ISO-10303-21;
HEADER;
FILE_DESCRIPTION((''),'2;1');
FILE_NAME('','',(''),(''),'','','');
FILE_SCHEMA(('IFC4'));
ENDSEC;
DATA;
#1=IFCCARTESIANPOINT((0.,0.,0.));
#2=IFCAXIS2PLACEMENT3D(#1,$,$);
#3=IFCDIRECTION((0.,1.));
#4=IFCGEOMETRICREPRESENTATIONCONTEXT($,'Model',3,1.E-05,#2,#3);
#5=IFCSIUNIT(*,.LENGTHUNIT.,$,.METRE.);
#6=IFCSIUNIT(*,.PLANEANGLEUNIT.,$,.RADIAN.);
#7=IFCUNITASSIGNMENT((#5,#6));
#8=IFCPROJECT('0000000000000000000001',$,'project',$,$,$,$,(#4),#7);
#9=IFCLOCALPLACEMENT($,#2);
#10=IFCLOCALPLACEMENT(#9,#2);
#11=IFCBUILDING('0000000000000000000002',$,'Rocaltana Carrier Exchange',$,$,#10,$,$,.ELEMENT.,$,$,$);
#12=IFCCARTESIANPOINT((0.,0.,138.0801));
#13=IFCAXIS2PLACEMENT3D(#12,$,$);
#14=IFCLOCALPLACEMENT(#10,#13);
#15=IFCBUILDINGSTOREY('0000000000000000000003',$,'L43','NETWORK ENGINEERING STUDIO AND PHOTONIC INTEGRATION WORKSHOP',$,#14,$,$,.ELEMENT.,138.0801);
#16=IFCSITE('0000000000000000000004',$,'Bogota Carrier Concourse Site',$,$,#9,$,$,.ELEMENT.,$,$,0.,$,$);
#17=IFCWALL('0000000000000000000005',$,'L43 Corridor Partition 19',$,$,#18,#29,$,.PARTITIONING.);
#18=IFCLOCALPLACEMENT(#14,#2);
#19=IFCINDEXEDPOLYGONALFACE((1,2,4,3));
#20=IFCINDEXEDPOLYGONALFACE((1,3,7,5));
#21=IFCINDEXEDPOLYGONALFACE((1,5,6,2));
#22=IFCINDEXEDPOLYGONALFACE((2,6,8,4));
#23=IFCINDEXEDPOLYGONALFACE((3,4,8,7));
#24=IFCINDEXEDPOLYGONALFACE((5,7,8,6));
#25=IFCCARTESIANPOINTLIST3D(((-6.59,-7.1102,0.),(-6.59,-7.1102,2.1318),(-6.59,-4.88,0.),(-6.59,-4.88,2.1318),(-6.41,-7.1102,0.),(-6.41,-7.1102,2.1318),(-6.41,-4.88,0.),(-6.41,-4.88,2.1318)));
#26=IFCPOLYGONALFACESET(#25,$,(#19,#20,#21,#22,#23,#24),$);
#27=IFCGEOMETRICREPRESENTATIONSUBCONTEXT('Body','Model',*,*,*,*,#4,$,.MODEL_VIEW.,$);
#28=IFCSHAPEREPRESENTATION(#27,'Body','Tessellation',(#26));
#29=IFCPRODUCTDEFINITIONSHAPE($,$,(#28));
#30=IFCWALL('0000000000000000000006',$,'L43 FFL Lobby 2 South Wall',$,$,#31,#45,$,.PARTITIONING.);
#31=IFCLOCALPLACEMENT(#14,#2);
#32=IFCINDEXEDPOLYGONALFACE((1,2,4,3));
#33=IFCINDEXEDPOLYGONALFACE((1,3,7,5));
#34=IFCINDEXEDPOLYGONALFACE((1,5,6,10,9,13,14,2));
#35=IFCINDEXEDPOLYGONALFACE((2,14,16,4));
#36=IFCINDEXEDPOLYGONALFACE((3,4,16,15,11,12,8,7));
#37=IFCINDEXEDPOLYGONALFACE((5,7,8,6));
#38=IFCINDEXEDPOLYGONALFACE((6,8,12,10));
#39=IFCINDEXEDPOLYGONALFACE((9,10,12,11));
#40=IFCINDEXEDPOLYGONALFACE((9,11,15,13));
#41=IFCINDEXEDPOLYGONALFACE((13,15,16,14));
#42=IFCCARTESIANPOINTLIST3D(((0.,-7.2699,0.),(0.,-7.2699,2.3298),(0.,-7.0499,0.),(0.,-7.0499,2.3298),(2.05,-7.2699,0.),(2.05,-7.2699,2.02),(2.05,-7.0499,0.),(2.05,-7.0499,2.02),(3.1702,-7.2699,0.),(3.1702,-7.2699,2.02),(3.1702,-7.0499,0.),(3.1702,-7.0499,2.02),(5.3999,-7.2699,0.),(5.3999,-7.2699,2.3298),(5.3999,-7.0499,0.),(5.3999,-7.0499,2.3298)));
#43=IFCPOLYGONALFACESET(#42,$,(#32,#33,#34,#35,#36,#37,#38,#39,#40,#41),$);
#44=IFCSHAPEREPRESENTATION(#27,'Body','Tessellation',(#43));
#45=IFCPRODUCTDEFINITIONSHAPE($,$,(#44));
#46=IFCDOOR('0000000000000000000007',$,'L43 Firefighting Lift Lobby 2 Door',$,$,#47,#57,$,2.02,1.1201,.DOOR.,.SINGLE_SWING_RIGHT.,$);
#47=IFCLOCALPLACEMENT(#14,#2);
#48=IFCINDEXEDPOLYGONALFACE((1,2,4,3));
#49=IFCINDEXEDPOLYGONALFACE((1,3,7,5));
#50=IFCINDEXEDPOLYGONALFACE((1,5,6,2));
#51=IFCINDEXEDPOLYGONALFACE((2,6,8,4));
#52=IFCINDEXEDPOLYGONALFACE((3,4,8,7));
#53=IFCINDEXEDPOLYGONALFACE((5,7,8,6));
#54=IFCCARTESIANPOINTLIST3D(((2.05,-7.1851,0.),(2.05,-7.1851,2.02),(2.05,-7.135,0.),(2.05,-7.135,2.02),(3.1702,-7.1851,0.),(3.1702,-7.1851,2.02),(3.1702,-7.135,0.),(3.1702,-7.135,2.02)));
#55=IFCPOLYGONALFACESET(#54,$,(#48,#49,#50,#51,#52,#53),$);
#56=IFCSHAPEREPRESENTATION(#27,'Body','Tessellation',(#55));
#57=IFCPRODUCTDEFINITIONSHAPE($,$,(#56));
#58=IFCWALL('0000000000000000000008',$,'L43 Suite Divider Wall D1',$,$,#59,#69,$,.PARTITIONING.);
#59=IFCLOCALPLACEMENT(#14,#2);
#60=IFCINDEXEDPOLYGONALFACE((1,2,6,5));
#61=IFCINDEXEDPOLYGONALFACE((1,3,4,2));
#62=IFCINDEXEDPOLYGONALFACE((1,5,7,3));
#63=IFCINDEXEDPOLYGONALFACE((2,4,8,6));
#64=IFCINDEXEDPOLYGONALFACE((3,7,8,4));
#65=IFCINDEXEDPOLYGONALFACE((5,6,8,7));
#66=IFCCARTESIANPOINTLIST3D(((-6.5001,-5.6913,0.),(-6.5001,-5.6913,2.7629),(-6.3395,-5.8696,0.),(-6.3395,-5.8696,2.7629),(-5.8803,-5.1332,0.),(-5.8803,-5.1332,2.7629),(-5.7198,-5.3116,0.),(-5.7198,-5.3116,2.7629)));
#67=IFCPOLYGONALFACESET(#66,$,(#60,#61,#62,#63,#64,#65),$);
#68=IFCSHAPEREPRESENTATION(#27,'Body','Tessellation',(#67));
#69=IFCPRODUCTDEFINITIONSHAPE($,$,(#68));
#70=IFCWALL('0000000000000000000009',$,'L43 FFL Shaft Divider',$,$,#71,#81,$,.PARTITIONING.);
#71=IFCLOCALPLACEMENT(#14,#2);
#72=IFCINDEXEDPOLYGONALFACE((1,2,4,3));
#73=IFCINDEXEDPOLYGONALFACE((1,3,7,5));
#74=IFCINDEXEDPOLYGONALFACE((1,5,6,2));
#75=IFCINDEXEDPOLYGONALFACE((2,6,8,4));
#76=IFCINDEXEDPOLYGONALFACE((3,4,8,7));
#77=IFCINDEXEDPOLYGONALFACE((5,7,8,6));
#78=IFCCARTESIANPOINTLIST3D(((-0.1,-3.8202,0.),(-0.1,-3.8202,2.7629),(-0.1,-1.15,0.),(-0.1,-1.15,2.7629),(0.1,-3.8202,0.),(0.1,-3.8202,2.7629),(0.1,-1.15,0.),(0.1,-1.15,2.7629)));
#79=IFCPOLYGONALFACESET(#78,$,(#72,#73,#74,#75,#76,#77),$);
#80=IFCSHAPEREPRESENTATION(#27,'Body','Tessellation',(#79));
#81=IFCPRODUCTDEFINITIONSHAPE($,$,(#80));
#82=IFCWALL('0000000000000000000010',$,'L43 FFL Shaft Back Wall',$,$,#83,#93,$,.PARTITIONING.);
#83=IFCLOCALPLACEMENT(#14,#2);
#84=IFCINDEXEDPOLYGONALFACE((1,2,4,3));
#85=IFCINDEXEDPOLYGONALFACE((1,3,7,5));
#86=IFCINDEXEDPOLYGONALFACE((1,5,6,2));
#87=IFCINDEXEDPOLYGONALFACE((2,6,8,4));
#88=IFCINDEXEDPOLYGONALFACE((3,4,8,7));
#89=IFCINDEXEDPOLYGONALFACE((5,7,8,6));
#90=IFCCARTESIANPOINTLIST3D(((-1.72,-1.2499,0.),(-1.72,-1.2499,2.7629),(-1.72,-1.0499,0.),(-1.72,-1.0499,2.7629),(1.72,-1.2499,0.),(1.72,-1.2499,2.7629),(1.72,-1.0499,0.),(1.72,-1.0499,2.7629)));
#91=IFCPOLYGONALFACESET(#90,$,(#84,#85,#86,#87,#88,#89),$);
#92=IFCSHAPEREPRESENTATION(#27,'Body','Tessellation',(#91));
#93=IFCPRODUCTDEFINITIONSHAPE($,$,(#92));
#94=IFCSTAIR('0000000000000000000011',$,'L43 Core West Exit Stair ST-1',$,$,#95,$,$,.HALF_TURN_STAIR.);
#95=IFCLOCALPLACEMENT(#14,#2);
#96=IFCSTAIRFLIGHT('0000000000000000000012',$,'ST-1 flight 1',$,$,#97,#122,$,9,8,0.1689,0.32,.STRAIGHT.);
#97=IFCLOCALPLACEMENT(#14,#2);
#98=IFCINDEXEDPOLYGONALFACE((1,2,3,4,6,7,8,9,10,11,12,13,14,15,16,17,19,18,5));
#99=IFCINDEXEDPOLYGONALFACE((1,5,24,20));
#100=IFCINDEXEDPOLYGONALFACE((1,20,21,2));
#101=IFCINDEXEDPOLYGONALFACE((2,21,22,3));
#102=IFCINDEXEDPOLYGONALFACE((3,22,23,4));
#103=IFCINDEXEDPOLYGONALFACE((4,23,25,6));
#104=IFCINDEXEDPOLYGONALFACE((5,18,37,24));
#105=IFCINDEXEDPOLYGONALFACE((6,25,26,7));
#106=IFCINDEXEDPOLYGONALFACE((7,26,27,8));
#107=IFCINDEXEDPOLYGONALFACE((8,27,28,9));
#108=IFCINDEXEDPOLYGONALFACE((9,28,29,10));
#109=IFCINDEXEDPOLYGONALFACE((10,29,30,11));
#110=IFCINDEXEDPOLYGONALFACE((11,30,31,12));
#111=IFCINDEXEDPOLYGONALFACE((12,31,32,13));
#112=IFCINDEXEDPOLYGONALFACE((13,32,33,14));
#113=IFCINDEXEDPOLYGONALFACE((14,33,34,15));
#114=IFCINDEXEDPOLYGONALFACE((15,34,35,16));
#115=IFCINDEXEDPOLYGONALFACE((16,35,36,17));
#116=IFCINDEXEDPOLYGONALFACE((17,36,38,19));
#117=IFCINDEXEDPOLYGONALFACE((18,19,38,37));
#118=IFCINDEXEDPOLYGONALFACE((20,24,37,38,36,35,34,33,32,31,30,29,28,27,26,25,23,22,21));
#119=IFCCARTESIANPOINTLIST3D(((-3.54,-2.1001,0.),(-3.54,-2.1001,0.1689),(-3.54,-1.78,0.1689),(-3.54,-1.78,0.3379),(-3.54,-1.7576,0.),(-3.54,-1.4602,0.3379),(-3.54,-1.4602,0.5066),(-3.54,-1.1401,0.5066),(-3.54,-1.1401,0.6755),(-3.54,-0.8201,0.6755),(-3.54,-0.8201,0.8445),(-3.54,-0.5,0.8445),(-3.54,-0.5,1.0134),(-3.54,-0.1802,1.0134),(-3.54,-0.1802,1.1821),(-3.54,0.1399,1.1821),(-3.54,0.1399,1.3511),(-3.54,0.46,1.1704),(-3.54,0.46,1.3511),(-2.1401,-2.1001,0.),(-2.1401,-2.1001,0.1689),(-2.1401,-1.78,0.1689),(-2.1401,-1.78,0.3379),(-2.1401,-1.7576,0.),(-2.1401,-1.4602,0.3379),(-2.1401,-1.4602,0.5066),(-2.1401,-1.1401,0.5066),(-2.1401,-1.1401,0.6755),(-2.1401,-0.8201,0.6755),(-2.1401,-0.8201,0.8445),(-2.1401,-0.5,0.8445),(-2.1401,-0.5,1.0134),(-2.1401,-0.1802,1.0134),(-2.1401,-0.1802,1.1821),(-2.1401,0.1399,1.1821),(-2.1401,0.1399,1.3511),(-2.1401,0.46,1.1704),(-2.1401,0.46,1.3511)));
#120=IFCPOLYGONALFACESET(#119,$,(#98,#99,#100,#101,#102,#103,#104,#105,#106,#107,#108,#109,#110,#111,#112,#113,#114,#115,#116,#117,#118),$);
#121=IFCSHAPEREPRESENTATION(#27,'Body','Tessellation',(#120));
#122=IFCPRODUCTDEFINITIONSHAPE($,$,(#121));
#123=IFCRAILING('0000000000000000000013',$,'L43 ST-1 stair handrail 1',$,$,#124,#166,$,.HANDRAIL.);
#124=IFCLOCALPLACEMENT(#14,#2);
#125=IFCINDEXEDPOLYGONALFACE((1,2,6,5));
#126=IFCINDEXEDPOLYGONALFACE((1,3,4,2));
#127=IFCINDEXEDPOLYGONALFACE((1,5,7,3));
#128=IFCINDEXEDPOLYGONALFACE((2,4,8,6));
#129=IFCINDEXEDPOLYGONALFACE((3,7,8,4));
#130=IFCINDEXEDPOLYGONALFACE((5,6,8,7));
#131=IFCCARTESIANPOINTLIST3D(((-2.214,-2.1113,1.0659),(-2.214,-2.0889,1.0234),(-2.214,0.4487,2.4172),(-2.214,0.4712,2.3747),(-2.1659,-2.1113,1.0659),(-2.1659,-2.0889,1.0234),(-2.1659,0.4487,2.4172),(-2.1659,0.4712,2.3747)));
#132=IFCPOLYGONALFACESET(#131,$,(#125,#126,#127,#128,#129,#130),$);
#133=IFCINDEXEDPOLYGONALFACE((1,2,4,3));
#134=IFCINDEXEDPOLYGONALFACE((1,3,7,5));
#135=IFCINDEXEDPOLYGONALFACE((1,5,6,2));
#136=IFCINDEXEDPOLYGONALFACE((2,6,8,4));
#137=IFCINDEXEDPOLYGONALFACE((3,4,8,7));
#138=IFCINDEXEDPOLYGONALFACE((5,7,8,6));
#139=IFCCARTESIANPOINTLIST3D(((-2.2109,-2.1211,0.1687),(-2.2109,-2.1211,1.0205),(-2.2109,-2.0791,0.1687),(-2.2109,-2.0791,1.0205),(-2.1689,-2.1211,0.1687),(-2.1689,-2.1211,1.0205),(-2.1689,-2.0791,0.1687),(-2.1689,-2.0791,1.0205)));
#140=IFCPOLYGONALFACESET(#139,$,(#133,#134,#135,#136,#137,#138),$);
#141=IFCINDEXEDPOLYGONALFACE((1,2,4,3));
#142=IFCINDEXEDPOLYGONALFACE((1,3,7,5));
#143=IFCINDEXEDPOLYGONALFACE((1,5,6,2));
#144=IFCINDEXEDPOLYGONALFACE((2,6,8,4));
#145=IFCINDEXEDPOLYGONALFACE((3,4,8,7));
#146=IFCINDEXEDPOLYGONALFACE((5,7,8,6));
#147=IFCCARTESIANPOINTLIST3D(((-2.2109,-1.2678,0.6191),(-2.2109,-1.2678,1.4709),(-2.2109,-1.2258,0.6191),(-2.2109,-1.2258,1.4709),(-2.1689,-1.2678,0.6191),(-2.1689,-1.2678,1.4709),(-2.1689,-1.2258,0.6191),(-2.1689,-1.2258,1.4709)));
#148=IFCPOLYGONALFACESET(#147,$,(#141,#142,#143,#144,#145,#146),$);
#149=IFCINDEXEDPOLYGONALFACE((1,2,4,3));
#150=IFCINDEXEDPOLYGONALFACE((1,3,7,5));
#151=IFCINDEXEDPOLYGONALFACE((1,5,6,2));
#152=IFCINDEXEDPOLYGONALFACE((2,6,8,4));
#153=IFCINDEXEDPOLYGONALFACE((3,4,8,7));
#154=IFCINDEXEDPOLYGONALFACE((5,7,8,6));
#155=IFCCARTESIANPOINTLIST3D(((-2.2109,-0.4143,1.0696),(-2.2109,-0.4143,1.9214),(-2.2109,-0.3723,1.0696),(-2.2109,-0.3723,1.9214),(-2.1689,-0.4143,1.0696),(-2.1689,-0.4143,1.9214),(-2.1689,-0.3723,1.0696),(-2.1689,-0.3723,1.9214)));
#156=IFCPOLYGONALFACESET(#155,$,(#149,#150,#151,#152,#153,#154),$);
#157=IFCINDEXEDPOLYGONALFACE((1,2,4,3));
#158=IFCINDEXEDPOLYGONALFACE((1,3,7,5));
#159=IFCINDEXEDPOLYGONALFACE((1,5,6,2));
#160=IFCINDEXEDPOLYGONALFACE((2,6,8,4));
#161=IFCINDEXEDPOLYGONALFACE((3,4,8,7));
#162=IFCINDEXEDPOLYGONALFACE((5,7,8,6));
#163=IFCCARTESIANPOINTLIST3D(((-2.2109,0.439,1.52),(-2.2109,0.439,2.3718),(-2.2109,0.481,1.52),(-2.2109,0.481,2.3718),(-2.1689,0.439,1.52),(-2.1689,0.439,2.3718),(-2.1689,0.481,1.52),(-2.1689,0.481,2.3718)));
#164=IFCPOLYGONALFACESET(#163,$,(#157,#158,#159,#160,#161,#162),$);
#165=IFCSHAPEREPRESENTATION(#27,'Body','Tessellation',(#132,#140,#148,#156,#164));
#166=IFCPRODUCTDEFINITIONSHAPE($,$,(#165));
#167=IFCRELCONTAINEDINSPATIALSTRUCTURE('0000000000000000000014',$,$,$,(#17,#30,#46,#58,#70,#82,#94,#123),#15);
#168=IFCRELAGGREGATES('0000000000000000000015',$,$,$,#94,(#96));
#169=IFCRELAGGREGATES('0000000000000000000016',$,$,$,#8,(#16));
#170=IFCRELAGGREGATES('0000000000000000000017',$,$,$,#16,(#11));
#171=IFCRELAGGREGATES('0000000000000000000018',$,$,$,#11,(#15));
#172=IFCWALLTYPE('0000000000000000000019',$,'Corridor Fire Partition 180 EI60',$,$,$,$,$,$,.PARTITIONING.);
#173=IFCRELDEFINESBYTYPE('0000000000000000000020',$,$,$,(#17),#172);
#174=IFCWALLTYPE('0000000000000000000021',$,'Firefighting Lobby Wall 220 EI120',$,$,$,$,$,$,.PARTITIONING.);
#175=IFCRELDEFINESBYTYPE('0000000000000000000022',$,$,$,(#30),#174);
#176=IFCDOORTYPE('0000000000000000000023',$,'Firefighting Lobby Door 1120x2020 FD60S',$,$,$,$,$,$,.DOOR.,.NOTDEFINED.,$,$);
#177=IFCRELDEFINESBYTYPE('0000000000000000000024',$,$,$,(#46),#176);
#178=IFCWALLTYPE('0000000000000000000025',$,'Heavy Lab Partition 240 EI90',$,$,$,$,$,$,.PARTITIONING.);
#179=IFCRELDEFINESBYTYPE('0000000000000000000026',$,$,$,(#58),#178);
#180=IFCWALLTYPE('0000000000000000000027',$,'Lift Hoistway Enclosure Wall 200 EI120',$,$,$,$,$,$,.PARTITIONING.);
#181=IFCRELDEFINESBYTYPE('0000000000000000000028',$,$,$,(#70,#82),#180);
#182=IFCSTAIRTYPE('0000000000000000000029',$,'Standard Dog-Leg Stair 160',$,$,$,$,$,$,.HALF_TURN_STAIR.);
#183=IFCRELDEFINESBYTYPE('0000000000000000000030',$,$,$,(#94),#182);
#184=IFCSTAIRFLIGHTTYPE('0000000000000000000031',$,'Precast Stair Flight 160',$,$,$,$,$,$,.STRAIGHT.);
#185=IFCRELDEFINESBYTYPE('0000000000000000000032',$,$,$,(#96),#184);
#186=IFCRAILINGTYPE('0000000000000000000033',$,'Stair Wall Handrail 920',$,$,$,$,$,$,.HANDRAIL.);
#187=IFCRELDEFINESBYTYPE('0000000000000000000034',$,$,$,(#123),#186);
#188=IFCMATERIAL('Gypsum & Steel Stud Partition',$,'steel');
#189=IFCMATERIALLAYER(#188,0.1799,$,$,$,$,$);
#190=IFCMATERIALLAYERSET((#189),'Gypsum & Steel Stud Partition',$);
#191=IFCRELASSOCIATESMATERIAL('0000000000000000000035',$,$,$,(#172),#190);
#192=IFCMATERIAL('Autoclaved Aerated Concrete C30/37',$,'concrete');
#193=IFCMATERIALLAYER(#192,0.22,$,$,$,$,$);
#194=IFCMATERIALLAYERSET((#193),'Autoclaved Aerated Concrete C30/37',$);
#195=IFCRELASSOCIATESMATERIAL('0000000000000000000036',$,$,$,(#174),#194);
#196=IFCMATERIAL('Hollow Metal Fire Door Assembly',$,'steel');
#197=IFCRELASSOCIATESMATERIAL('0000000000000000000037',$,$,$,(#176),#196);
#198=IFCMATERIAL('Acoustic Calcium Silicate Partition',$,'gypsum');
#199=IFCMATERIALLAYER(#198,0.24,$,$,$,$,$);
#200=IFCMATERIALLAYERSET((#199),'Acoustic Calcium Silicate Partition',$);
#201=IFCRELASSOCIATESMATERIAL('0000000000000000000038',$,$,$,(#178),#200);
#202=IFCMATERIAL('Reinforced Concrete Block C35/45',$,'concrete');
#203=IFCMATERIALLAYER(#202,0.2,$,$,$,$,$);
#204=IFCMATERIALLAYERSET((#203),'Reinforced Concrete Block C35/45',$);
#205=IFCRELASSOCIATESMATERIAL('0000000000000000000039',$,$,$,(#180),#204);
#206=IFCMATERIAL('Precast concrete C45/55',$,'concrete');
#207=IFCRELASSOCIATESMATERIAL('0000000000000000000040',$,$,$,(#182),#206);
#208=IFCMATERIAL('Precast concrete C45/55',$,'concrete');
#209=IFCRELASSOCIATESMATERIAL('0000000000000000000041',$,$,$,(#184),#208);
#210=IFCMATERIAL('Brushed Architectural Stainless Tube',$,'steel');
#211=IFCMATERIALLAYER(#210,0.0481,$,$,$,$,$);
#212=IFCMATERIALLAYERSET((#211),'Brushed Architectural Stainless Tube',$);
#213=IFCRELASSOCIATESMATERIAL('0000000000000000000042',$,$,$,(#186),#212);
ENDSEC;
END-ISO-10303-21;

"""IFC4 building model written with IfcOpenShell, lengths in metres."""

from ifc_helpers import new_model, si_unit, direction, frame, frame_2d, origin, origin_2d, place, context, subcontext, project, spatial, polyline, rectangle, outline, extrude, material, layer, layer_set, type_object, element, fill, aggregate, save


model = new_model("IFC4")

# Units and contexts
model_context = context("Model", 3, precision=1e-05, world=origin(), true_north=direction((0.0, 1.0)))
body_context = subcontext(model_context, "Body", "Model", "MODEL_VIEW")
ifc_project = project(units=[si_unit("LENGTHUNIT", "METRE"), si_unit("PLANEANGLEUNIT", "RADIAN")], contexts=[model_context])

# Site, building, storey
site_placement = place(None, origin())
site = spatial("IfcSite", under=ifc_project, at=site_placement, Name="Bogota Carrier Concourse Site", CompositionType="ELEMENT", RefElevation=0.0)
building_placement = place(site_placement, origin())
building = spatial("IfcBuilding", under=site, at=building_placement, Name="Rocaltana Carrier Exchange", CompositionType="ELEMENT")
storey_placement = place(building_placement, frame((0.0, 0.0, 138.0801)))
storey = spatial("IfcBuildingStorey", under=building, at=storey_placement, Name="L43", Description="NETWORK ENGINEERING STUDIO AND PHOTONIC INTEGRATION WORKSHOP", CompositionType="ELEMENT", Elevation=138.0801)

# Wall
ifc_material_1 = material(Name="Gypsum & Steel Stud Partition", Category="steel")
ifc_layer_1 = layer(ifc_material_1, 0.1799)
ifc_layer_set_1 = layer_set([ifc_layer_1], Name="Gypsum & Steel Stud Partition")
wall_type_1 = type_object("IfcWallType", Name="Corridor Fire Partition 180 EI60", PredefinedType="PARTITIONING", material=ifc_layer_set_1)
wall_1_placement = place(storey_placement, frame((-6.5, -4.8799, 0.0), z_axis=(0.0, 0.0, 1.0), x_axis=(0.0, -1.0, 0.0)))
element("IfcWall", 1, at=wall_1_placement, inside=storey, type_object=wall_type_1, Name="L43 Corridor Partition 19", PredefinedType="PARTITIONING", context=body_context, shape_type="SweptSolid", body=[
    extrude(rectangle(XDim=2.2302, YDim=0.1799, at=frame_2d((1.1152, 0.0))), origin(), (0.0, 0.0, 1.0), 2.1318),
])

# Wall, opening, door
ifc_material_2 = material(Name="Autoclaved Aerated Concrete C30/37", Category="concrete")
ifc_layer_2 = layer(ifc_material_2, 0.22)
ifc_layer_set_2 = layer_set([ifc_layer_2], Name="Autoclaved Aerated Concrete C30/37")
wall_type_2 = type_object("IfcWallType", Name="Firefighting Lobby Wall 220 EI120", PredefinedType="PARTITIONING", material=ifc_layer_set_2)
wall_2_placement = place(storey_placement, frame((0.0, -7.1599, 0.0), z_axis=(0.0, 0.0, 1.0), x_axis=(1.0, 0.0, 0.0)))
wall_2 = element("IfcWall", 2, at=wall_2_placement, inside=storey, type_object=wall_type_2, Name="L43 FFL Lobby 2 South Wall", PredefinedType="PARTITIONING", context=body_context, shape_type="SweptSolid", body=[
    extrude(rectangle(XDim=5.3999, YDim=0.22, at=frame_2d((2.7, 0.0))), origin(), (0.0, 0.0, 1.0), 2.3298),
])
opening_1_placement = place(wall_2_placement, frame((2.05, 0.0, 0.0)))
opening_1 = element("IfcOpeningElement", 3, at=opening_1_placement, cuts=wall_2, PredefinedType="OPENING", context=body_context, shape_type="SweptSolid", body=[
    extrude(rectangle(XDim=1.1201, YDim=2.02, at=frame_2d((0.5601, 1.01))), frame((0.0, 0.1199, 0.0), z_axis=(0.0, -1.0, 0.0), x_axis=(1.0, 0.0, 0.0)), (0.0, 0.0, 1.0), 0.24),
])
ifc_material_3 = material(Name="Hollow Metal Fire Door Assembly", Category="steel")
door_type_1 = type_object("IfcDoorType", Name="Firefighting Lobby Door 1120x2020 FD60S", OperationType="NOTDEFINED", PredefinedType="DOOR", material=ifc_material_3)
door_1_placement = place(opening_1_placement, origin())
door_1 = element("IfcDoor", 4, at=door_1_placement, inside=storey, type_object=door_type_1, Name="L43 Firefighting Lift Lobby 2 Door", OperationType="SINGLE_SWING_RIGHT", OverallHeight=2.02, OverallWidth=1.1201, PredefinedType="DOOR", context=body_context, shape_type="SweptSolid", body=[
    extrude(rectangle(XDim=1.1201, YDim=2.02, at=frame_2d((0.5601, 1.01))), frame((0.0, 0.0249, 0.0), z_axis=(0.0, -1.0, 0.0), x_axis=(1.0, 0.0, 0.0)), (0.0, 0.0, 1.0), 0.05),
])
fill(opening_1, door_1)

# Walls
ifc_material_4 = material(Name="Acoustic Calcium Silicate Partition", Category="gypsum")
ifc_layer_3 = layer(ifc_material_4, 0.24)
ifc_layer_set_3 = layer_set([ifc_layer_3], Name="Acoustic Calcium Silicate Partition")
wall_type_3 = type_object("IfcWallType", Name="Heavy Lab Partition 240 EI90", PredefinedType="PARTITIONING", material=ifc_layer_set_3)
wall_3_placement = place(storey_placement, frame((-5.8, -5.2224, 0.0), z_axis=(0.0, 0.0, 1.0), x_axis=(-0.743163, -0.66911, 0.0)))
element("IfcWall", 5, at=wall_3_placement, inside=storey, type_object=wall_type_3, Name="L43 Suite Divider Wall D1", PredefinedType="PARTITIONING", context=body_context, shape_type="SweptSolid", body=[
    extrude(rectangle(XDim=0.834, YDim=0.24, at=frame_2d((0.417, 0.0))), origin(), (0.0, 0.0, 1.0), 2.7629),
])
ifc_material_5 = material(Name="Reinforced Concrete Block C35/45", Category="concrete")
ifc_layer_4 = layer(ifc_material_5, 0.2)
ifc_layer_set_4 = layer_set([ifc_layer_4], Name="Reinforced Concrete Block C35/45")
wall_type_4 = type_object("IfcWallType", Name="Lift Hoistway Enclosure Wall 200 EI120", PredefinedType="PARTITIONING", material=ifc_layer_set_4)
wall_4_placement = place(storey_placement, frame((0.0, -3.8201, 0.0), z_axis=(0.0, 0.0, 1.0), x_axis=(0.0, 1.0, 0.0)))
element("IfcWall", 6, at=wall_4_placement, inside=storey, type_object=wall_type_4, Name="L43 FFL Shaft Divider", PredefinedType="PARTITIONING", context=body_context, shape_type="SweptSolid", body=[
    extrude(rectangle(XDim=2.6702, YDim=0.2, at=frame_2d((1.335, 0.0))), origin(), (0.0, 0.0, 1.0), 2.7629),
])
wall_5_placement = place(storey_placement, frame((-1.72, -1.1499, 0.0), z_axis=(0.0, 0.0, 1.0), x_axis=(1.0, 0.0, 0.0)))
element("IfcWall", 7, at=wall_5_placement, inside=storey, type_object=wall_type_4, Name="L43 FFL Shaft Back Wall", PredefinedType="PARTITIONING", context=body_context, shape_type="SweptSolid", body=[
    extrude(rectangle(XDim=3.4399, YDim=0.2, at=frame_2d((1.72, 0.0))), origin(), (0.0, 0.0, 1.0), 2.7629),
])

# Stair, stair flight
ifc_material_6 = material(Name="Precast concrete C45/55", Category="concrete")
stair_type = type_object("IfcStairType", Name="Standard Dog-Leg Stair 160", PredefinedType="HALF_TURN_STAIR", material=ifc_material_6)
stair_placement = place(storey_placement, origin())
stair = element("IfcStair", 8, at=stair_placement, inside=storey, type_object=stair_type, Name="L43 Core West Exit Stair ST-1", PredefinedType="HALF_TURN_STAIR")
ifc_material_7 = material(Name="Precast concrete C45/55", Category="concrete")
stair_flight_type = type_object("IfcStairFlightType", Name="Precast Stair Flight 160", PredefinedType="STRAIGHT", material=ifc_material_7)
stair_flight_placement = place(storey_placement, frame((-2.8401, -2.1001, 0.0), z_axis=(0.0, 0.0, 1.0), x_axis=(0.0, 1.0, 0.0)))
stair_flight = element("IfcStairFlight", 9, at=stair_flight_placement, type_object=stair_flight_type, Name="ST-1 flight 1", NumberOfRisers=9, NumberOfTreads=8, PredefinedType="STRAIGHT", RiserHeight=0.1689, TreadLength=0.32, context=body_context, shape_type="SweptSolid", body=[
    extrude(outline(polyline([(0.0, 0.0), (0.0, 0.1689), (0.3201, 0.1689), (0.3201, 0.3379), (0.6399, 0.3379), (0.6399, 0.5066), (0.96, 0.5066), (0.96, 0.6755), (1.28, 0.6755), (1.28, 0.8445), (1.6001, 0.8445), (1.6001, 1.0134), (1.9199, 1.0134), (1.9199, 1.1821), (2.24, 1.1821), (2.24, 1.3511), (2.5601, 1.3511), (2.5601, 1.52), (2.5601, 1.1704), (0.3425, 0.0), (0.0, 0.0)])), frame((0.0, 0.7, 0.0), z_axis=(0.0, -1.0, 0.0), x_axis=(1.0, 0.0, 0.0)), (0.0, 0.0, 1.0), 1.3999),
])
aggregate(stair, [stair_flight])

# Railing
ifc_material_8 = material(Name="Brushed Architectural Stainless Tube", Category="steel")
ifc_layer_5 = layer(ifc_material_8, 0.0481)
ifc_layer_set_5 = layer_set([ifc_layer_5], Name="Brushed Architectural Stainless Tube")
railing_type_1 = type_object("IfcRailingType", Name="Stair Wall Handrail 920", PredefinedType="HANDRAIL", material=ifc_layer_set_5)
railing_1_placement = place(storey_placement, frame((-2.1899, -2.1001, 0.1687)))
element("IfcRailing", 10, at=railing_1_placement, inside=storey, type_object=railing_type_1, Name="L43 ST-1 stair handrail 1", PredefinedType="HANDRAIL", context=body_context, shape_type="SweptSolid", body=[
    extrude(rectangle(XDim=0.0481, YDim=0.0481, at=origin_2d()), frame((0.0, 0.0, 0.876), z_axis=(0.0, 0.88436, 0.466806), x_axis=(-1.0, 0.0, 0.0)), (0.0, 0.0, 1.0), 2.8948),
    extrude(rectangle(XDim=0.042, YDim=0.042, at=origin_2d()), origin(), (0.0, 0.0, 1.0), 0.8518),
    extrude(rectangle(XDim=0.042, YDim=0.042, at=origin_2d()), frame((0.0, 0.8533, 0.4504)), (0.0, 0.0, 1.0), 0.8518),
    extrude(rectangle(XDim=0.042, YDim=0.042, at=origin_2d()), frame((0.0, 1.7068, 0.9009)), (0.0, 0.0, 1.0), 0.8518),
    extrude(rectangle(XDim=0.042, YDim=0.042, at=origin_2d()), frame((0.0, 2.5601, 1.3513)), (0.0, 0.0, 1.0), 0.8518),
])

save(model, "model.ifc")
